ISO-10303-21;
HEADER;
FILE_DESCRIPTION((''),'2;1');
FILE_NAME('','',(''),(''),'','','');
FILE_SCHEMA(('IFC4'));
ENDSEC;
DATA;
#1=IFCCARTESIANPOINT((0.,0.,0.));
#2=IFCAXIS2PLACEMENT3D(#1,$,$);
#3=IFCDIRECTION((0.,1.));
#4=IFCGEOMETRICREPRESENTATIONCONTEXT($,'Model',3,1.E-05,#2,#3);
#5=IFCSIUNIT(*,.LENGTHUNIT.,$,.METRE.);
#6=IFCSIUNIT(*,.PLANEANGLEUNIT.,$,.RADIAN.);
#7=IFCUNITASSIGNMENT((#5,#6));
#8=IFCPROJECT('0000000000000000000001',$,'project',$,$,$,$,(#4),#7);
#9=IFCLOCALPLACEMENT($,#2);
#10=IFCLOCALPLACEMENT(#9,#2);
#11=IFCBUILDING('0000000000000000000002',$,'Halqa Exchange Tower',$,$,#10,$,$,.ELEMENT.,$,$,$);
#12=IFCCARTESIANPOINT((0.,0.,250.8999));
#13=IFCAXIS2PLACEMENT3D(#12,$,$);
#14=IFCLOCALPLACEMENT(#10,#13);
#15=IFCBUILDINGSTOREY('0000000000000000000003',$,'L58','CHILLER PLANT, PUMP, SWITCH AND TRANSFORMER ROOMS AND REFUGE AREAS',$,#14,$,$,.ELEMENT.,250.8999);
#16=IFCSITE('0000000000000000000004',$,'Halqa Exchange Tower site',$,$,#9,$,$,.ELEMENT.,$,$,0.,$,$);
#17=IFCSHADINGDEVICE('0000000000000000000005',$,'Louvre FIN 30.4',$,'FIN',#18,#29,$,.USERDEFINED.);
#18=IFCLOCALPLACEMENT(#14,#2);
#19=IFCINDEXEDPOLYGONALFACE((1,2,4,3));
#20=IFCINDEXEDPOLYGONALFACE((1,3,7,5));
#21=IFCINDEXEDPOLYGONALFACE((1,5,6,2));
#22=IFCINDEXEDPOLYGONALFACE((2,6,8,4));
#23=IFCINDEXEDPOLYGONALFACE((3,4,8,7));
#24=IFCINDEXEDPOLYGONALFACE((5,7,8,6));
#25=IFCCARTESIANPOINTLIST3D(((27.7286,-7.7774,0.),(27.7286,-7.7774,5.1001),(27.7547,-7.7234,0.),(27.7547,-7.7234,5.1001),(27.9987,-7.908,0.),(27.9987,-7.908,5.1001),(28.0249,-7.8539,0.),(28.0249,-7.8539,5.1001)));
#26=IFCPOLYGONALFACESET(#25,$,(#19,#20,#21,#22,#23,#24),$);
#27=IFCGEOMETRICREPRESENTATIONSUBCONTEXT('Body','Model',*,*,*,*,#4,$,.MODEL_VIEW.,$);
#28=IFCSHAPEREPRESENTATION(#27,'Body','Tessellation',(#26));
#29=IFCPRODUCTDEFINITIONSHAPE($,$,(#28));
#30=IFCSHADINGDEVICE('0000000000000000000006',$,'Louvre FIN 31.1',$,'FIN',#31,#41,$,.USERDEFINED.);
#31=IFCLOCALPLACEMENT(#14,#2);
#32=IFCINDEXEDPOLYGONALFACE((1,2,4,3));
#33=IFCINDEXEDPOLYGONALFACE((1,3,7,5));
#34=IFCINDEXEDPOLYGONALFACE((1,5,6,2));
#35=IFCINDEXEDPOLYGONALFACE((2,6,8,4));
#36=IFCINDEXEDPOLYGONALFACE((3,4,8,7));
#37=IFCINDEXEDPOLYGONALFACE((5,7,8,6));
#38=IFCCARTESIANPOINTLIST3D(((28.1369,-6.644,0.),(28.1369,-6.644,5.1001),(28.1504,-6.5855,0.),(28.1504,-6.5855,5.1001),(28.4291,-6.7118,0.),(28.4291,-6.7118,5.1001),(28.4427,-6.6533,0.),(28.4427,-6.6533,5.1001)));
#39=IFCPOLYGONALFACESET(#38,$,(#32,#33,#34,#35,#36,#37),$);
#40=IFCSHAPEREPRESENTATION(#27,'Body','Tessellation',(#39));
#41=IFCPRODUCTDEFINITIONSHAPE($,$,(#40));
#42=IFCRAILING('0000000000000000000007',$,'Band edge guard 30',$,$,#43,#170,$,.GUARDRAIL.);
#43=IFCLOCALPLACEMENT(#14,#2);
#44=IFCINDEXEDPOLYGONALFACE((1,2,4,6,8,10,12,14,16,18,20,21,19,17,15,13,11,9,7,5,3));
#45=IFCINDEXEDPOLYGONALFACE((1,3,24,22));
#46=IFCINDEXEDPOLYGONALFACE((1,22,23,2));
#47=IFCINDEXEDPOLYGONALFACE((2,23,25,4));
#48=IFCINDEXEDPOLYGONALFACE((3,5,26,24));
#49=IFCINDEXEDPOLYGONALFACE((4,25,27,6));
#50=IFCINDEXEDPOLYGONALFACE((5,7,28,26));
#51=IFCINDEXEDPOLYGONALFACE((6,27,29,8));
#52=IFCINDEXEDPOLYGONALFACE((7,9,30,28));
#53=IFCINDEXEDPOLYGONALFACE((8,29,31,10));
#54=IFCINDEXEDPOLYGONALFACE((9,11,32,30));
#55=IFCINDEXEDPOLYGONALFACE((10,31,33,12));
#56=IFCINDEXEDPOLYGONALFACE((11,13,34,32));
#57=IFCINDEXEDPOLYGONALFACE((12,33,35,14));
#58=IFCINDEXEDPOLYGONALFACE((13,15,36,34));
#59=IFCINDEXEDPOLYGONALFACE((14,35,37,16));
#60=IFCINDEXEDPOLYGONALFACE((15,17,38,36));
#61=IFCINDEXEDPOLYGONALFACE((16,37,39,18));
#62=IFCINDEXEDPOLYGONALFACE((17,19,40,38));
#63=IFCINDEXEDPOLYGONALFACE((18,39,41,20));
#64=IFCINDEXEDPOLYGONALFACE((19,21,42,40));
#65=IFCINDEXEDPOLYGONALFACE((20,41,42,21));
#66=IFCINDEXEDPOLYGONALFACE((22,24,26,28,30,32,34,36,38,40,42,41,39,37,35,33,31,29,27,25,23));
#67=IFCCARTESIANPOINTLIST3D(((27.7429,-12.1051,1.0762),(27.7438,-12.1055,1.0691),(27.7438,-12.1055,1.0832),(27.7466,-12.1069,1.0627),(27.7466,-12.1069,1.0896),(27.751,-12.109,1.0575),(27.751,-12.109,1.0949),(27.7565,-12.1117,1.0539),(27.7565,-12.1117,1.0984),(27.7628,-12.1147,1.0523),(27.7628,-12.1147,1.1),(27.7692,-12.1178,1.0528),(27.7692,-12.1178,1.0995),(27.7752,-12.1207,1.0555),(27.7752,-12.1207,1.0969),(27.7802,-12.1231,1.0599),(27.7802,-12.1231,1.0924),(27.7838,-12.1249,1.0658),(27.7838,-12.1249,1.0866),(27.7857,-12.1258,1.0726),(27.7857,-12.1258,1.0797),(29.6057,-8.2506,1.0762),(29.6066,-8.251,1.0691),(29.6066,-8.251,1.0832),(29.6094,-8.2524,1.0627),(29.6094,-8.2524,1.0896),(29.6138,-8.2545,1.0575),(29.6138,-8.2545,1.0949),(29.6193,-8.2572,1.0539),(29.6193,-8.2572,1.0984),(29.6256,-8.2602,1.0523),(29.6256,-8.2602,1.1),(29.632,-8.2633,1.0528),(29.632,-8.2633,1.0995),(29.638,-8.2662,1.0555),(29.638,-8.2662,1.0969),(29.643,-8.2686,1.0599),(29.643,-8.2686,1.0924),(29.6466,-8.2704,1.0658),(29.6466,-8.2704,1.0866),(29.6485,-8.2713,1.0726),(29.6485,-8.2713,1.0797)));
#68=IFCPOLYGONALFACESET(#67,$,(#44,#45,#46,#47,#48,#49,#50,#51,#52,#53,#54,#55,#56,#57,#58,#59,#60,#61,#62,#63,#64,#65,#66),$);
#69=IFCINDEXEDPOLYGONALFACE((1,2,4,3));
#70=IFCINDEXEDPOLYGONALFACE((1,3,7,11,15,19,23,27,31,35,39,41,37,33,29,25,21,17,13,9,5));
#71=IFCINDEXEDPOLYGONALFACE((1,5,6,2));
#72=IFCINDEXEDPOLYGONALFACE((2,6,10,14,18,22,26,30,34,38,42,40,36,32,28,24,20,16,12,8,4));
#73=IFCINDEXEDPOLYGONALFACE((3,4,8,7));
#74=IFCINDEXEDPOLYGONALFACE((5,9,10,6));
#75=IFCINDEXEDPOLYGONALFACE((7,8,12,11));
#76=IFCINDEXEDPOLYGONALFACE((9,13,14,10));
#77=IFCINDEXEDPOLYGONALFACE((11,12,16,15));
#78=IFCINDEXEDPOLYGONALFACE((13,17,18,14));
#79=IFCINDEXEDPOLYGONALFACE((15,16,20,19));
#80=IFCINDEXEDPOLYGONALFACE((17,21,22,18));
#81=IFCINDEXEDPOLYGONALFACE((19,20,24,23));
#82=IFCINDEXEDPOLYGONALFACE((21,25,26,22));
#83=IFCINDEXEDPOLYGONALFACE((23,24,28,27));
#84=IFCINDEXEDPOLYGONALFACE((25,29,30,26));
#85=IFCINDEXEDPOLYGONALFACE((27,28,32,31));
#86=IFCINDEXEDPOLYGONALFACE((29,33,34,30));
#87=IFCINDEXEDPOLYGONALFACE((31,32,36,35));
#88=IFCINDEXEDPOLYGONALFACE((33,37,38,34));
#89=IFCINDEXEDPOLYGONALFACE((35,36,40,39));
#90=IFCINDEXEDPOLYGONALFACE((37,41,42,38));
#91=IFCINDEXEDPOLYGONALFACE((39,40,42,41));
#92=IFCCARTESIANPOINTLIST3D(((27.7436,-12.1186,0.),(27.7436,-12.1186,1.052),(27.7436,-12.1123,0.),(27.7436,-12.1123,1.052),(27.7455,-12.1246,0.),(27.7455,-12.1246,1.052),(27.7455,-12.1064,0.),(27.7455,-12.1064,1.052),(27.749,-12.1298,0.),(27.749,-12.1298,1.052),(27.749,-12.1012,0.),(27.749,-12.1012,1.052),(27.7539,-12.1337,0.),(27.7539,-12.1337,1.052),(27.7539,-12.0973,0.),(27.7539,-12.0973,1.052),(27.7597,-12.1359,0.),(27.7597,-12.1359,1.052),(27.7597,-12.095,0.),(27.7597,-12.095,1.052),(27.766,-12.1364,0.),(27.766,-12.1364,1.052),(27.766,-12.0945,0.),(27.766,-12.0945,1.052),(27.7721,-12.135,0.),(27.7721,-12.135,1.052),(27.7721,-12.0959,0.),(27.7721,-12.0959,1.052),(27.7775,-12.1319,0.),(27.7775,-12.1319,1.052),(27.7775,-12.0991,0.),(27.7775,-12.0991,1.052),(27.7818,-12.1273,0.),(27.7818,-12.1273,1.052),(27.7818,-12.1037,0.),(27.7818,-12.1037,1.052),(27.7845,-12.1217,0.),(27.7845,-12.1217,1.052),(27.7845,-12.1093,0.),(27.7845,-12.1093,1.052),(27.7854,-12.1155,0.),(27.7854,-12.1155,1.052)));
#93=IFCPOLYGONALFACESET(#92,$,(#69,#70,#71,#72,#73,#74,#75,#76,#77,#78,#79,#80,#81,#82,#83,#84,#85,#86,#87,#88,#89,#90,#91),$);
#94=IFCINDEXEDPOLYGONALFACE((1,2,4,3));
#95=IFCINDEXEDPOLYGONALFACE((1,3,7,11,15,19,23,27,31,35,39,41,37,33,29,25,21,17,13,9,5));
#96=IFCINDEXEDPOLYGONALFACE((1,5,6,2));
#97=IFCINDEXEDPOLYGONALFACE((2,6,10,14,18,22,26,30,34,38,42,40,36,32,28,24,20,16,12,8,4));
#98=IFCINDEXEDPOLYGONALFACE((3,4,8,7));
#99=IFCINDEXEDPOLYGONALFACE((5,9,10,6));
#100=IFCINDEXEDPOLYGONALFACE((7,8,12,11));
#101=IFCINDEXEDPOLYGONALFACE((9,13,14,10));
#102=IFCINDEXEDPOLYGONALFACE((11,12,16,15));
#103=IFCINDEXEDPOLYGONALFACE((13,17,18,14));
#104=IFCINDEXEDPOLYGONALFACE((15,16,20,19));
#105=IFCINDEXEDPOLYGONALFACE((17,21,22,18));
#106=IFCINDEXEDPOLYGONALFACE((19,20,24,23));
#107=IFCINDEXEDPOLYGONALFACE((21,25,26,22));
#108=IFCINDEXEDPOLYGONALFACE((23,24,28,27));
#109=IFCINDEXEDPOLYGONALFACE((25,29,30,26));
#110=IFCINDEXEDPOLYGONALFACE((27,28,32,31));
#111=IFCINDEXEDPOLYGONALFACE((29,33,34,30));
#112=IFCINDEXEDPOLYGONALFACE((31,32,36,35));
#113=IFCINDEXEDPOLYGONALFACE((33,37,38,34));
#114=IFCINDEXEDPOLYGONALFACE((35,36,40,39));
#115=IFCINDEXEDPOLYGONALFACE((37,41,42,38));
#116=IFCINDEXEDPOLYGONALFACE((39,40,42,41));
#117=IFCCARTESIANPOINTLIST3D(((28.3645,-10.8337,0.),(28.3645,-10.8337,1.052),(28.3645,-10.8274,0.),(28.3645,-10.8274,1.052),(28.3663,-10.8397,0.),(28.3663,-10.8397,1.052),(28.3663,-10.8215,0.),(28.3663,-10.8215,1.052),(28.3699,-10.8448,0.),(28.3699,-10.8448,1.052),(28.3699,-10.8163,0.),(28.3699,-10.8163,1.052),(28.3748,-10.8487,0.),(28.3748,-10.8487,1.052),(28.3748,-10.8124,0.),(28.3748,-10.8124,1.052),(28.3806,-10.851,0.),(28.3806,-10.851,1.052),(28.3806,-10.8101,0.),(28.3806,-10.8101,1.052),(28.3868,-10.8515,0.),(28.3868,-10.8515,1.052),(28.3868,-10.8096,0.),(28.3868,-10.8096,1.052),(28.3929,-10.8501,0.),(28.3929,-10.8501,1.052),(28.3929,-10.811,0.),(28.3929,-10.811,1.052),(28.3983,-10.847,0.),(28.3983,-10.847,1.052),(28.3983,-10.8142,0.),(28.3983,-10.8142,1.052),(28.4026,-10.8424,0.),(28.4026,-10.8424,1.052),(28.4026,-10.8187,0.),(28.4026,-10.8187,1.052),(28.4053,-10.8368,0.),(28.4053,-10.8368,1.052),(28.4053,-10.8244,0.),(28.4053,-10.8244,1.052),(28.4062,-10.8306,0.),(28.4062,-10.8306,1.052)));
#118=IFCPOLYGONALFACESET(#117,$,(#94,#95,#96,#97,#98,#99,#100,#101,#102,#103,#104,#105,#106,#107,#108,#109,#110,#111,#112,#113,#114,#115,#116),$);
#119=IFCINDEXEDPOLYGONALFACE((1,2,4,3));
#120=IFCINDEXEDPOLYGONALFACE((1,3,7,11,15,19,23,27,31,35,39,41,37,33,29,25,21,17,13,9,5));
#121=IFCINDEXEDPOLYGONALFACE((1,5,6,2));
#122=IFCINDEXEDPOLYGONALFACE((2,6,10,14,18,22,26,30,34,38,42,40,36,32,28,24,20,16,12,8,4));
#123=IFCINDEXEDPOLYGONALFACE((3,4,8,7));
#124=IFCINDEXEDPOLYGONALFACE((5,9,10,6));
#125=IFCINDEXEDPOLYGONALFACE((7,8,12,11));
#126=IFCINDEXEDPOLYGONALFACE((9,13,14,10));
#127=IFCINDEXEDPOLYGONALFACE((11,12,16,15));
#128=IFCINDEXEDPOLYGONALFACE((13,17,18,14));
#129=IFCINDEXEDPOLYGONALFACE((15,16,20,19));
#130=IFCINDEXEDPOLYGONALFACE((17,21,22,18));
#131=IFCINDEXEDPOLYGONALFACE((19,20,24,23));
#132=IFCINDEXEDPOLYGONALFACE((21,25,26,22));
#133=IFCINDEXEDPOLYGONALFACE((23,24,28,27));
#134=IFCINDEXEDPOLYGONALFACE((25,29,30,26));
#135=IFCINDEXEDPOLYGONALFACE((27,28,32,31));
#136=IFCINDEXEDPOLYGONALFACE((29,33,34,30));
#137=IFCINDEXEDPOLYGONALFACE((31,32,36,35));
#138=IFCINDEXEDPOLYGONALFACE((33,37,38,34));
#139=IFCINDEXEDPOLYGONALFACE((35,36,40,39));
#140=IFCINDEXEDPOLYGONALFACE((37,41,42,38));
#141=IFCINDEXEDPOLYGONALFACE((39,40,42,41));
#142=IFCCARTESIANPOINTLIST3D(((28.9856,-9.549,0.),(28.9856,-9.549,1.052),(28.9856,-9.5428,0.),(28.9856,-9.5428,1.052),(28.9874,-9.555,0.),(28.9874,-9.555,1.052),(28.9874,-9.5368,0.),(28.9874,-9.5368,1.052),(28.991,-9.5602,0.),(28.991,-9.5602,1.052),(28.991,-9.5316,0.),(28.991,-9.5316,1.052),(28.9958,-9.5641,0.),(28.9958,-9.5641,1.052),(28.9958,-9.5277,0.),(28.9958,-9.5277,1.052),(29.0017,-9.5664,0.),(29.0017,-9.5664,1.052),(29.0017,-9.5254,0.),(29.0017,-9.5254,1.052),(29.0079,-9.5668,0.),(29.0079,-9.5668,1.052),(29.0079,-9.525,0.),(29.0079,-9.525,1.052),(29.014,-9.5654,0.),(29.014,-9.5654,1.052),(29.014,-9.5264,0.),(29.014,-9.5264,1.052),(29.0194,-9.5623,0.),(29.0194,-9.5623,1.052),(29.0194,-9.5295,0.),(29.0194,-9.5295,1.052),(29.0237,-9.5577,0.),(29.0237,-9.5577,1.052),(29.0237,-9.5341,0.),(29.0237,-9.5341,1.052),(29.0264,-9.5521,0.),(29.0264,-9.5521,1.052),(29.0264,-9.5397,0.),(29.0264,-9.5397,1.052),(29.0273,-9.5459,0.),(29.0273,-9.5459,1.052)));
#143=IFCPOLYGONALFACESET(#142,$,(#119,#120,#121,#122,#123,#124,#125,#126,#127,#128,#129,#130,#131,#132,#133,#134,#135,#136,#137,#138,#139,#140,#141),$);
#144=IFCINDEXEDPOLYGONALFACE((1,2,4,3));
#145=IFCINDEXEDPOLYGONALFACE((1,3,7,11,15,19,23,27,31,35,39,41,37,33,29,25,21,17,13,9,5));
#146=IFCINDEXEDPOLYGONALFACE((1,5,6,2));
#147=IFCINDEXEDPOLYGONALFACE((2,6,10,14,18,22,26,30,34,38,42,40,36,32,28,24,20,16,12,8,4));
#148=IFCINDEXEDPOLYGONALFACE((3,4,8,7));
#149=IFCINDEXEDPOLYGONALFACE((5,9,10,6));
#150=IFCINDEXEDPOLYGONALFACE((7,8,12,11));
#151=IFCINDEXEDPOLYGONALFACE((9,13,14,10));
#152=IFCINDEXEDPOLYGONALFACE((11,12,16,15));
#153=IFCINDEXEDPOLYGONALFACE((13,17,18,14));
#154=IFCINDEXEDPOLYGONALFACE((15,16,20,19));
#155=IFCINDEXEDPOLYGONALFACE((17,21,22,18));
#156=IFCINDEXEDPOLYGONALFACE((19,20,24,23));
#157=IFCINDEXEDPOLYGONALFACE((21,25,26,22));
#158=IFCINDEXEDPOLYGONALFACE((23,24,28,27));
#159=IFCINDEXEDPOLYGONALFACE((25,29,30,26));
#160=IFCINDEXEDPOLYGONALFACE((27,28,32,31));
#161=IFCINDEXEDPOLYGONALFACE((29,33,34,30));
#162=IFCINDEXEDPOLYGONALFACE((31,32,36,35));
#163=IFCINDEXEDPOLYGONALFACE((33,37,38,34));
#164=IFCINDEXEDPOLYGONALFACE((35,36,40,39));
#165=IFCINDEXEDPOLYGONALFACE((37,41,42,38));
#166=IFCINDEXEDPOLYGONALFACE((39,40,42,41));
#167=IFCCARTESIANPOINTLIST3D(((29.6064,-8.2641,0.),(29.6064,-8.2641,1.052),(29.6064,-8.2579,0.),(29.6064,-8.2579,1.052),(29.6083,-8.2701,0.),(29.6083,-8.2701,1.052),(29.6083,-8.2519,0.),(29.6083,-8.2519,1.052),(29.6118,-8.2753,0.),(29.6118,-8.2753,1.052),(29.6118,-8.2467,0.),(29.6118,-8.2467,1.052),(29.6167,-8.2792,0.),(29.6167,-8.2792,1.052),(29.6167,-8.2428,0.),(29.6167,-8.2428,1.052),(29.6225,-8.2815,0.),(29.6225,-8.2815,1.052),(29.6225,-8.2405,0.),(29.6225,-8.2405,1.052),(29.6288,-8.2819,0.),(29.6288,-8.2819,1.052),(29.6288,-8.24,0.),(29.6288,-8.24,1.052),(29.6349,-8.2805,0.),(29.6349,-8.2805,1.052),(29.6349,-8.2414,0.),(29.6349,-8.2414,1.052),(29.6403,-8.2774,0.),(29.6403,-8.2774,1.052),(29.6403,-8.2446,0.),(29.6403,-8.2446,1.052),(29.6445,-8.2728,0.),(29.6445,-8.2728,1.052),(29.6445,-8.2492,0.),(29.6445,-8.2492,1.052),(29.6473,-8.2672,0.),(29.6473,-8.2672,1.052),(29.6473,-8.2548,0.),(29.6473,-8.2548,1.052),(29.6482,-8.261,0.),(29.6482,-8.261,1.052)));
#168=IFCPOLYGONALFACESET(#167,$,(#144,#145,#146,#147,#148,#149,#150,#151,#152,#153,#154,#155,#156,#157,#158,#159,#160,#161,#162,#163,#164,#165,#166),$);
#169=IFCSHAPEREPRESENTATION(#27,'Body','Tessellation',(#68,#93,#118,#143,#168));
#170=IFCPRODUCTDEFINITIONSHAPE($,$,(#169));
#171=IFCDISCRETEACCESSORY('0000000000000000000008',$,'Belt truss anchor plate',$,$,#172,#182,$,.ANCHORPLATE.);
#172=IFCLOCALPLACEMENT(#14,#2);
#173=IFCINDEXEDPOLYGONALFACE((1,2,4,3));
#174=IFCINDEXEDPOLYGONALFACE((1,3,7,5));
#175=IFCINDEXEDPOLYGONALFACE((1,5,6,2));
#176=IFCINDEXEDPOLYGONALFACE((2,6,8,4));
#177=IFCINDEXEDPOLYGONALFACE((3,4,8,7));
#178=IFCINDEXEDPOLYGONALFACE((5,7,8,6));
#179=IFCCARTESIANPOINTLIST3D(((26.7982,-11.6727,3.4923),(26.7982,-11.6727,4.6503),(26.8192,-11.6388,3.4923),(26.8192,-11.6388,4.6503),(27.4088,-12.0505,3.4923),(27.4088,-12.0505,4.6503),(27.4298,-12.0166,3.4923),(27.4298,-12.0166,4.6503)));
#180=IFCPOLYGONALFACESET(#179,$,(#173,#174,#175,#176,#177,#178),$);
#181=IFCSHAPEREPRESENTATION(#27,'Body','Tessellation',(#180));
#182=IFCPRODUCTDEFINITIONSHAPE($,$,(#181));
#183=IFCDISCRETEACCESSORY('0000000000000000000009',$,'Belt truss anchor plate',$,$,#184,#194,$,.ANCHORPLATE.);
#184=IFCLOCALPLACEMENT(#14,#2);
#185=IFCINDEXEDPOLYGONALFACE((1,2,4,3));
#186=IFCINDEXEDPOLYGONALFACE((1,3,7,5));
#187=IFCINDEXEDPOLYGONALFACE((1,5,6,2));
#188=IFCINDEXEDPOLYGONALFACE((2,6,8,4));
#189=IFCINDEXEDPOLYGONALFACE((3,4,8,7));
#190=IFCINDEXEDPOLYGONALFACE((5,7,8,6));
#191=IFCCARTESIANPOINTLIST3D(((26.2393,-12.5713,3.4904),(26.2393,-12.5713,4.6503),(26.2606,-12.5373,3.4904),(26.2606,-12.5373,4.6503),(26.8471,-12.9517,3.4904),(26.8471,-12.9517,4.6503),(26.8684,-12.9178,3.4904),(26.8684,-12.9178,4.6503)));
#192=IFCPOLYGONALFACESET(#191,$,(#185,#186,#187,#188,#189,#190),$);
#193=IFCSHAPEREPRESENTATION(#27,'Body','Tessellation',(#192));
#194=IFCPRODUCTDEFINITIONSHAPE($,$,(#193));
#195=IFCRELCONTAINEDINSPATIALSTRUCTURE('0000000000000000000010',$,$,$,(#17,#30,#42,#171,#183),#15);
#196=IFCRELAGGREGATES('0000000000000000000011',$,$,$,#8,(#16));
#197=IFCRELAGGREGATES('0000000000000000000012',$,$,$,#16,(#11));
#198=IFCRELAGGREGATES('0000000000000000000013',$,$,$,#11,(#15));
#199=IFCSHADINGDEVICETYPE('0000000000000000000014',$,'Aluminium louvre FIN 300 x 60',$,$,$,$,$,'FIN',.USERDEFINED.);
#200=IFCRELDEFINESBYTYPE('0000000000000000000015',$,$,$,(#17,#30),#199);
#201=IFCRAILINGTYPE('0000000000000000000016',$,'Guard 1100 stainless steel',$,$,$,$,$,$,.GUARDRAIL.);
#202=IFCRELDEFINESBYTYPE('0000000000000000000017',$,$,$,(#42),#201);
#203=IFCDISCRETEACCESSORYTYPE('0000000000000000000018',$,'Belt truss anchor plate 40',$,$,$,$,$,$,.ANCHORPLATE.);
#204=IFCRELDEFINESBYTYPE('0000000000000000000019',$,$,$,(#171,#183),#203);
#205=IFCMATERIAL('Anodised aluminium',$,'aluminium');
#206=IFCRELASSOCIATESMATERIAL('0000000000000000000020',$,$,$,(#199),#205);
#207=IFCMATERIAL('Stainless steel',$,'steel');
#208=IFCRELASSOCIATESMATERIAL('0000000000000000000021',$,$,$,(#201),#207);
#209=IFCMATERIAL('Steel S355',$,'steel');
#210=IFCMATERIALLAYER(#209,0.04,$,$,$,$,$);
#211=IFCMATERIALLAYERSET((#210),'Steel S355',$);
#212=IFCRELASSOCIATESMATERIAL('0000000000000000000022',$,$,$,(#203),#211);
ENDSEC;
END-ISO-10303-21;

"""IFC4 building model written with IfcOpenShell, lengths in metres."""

from ifc_helpers import new_model, si_unit, direction, frame, origin, origin_2d, place, context, subcontext, project, spatial, rectangle, circle, extrude, material, layer, layer_set, material_profile, profile_set, type_object, element, save


model = new_model("IFC4")

# Units and contexts
model_context = context("Model", 3, precision=1e-05, world=origin(), true_north=direction((0.0, 1.0)))
body_context = subcontext(model_context, "Body", "Model", "MODEL_VIEW")
ifc_project = project(units=[si_unit("LENGTHUNIT", "METRE"), si_unit("PLANEANGLEUNIT", "RADIAN")], contexts=[model_context])

# Site, building, storey
site_placement = place(None, origin())
site = spatial("IfcSite", under=ifc_project, at=site_placement, Name="Halqa Exchange Tower site", CompositionType="ELEMENT", RefElevation=0.0)
building_placement = place(site_placement, origin())
building = spatial("IfcBuilding", under=site, at=building_placement, Name="Halqa Exchange Tower", CompositionType="ELEMENT")
storey_placement = place(building_placement, frame((0.0, 0.0, 250.8999)))
storey = spatial("IfcBuildingStorey", under=building, at=storey_placement, Name="L58", Description="CHILLER PLANT, PUMP, SWITCH AND TRANSFORMER ROOMS AND REFUGE AREAS", CompositionType="ELEMENT", Elevation=250.8999)

# Shared definitions
ifc_material_1 = material(Name="Steel S355", Category="steel")

# Shading devices
ifc_material_2 = material(Name="Anodised aluminium", Category="aluminium")
ifc_material_profile_1 = material_profile(ifc_material_2, rectangle(XDim=0.3, YDim=0.0601, at=origin_2d()), Name="AL FIN 300x60")
ifc_profile_set_1 = profile_set([ifc_material_profile_1], Name="Anodised aluminium")
shading_device_type = type_object("IfcShadingDeviceType", Name="Aluminium louvre FIN 300 x 60", ElementType="FIN", PredefinedType="USERDEFINED", material=ifc_profile_set_1)
for number, where, z_axis, x_axis, name in (
    (1, (27.8767, -7.8157, 0.0), (0.0, 0.0, 1.0), (-0.900386, 0.435093, 0.0), "Louvre FIN 30.4"),
    (2, (28.2898, -6.6487, 0.0), (0.0, 0.0, 1.0), (-0.974113, 0.226061, 0.0), "Louvre FIN 31.1"),
):
    element("IfcShadingDevice", number, at=place(storey_placement, frame(where, z_axis=z_axis, x_axis=x_axis)), inside=storey, type_object=shading_device_type, Name=name, ObjectType="FIN", PredefinedType="USERDEFINED", context=body_context, shape_type="SweptSolid", body=[
        extrude(rectangle(XDim=0.3, YDim=0.0601, at=origin_2d()), origin(), (0.0, 0.0, 1.0), 5.1001),
    ])

# Railing
ifc_material_3 = material(Name="Stainless steel", Category="steel")
railing_type = type_object("IfcRailingType", Name="Guard 1100 stainless steel", PredefinedType="GUARDRAIL", material=ifc_material_3)
railing_placement = place(storey_placement, frame((27.7644, -12.1155, 0.0)))
element("IfcRailing", 3, at=railing_placement, inside=storey, type_object=railing_type, Name="Band edge guard 30", PredefinedType="GUARDRAIL", context=body_context, shape_type="SweptSolid", body=[
    extrude(circle(Radius=0.0239, at=origin_2d()), frame((0.0, 0.0, 1.0762), z_axis=(0.435129, 0.900368, 0.0), x_axis=(-0.900368, 0.435129, 0.0)), (0.0, 0.0, 1.0), 4.281),
    extrude(circle(Radius=0.021, at=origin_2d()), origin(), (0.0, 0.0, 1.0), 1.052),
    extrude(circle(Radius=0.021, at=origin_2d()), frame((0.6208, 1.2849, 0.0)), (0.0, 0.0, 1.0), 1.052),
    extrude(circle(Radius=0.021, at=origin_2d()), frame((1.2419, 2.5696, 0.0)), (0.0, 0.0, 1.0), 1.052),
    extrude(circle(Radius=0.021, at=origin_2d()), frame((1.8628, 3.8545, 0.0)), (0.0, 0.0, 1.0), 1.052),
])

# Discrete accessories
ifc_layer_1 = layer(ifc_material_1, 0.04)
ifc_layer_set_1 = layer_set([ifc_layer_1], Name="Steel S355")
discrete_accessory_type = type_object("IfcDiscreteAccessoryType", Name="Belt truss anchor plate 40", PredefinedType="ANCHORPLATE", material=ifc_layer_set_1)
discrete_accessory_1_placement = place(storey_placement, frame((27.1035, -11.8616, 4.0713), z_axis=(0.526144, 0.850396, 0.0), x_axis=(-0.850396, 0.526144, 0.0)))
element("IfcDiscreteAccessory", 4, at=discrete_accessory_1_placement, inside=storey, type_object=discrete_accessory_type, Name="Belt truss anchor plate", PredefinedType="ANCHORPLATE", context=body_context, shape_type="SweptSolid", body=[
    extrude(rectangle(XDim=0.718, YDim=1.158, at=origin_2d()), origin(), (0.0, 0.0, 1.0), 0.0398),
])
discrete_accessory_2_placement = place(storey_placement, frame((26.5645, -12.7275, 4.0703), z_axis=(-0.530547, -0.847656, 0.0), x_axis=(0.847656, -0.530547, 0.0)))
element("IfcDiscreteAccessory", 5, at=discrete_accessory_2_placement, inside=storey, type_object=discrete_accessory_type, Name="Belt truss anchor plate", PredefinedType="ANCHORPLATE", context=body_context, shape_type="SweptSolid", body=[
    extrude(rectangle(XDim=0.717, YDim=1.1599, at=origin_2d()), origin(), (0.0, 0.0, 1.0), 0.04),
])

save(model, "model.ifc")
